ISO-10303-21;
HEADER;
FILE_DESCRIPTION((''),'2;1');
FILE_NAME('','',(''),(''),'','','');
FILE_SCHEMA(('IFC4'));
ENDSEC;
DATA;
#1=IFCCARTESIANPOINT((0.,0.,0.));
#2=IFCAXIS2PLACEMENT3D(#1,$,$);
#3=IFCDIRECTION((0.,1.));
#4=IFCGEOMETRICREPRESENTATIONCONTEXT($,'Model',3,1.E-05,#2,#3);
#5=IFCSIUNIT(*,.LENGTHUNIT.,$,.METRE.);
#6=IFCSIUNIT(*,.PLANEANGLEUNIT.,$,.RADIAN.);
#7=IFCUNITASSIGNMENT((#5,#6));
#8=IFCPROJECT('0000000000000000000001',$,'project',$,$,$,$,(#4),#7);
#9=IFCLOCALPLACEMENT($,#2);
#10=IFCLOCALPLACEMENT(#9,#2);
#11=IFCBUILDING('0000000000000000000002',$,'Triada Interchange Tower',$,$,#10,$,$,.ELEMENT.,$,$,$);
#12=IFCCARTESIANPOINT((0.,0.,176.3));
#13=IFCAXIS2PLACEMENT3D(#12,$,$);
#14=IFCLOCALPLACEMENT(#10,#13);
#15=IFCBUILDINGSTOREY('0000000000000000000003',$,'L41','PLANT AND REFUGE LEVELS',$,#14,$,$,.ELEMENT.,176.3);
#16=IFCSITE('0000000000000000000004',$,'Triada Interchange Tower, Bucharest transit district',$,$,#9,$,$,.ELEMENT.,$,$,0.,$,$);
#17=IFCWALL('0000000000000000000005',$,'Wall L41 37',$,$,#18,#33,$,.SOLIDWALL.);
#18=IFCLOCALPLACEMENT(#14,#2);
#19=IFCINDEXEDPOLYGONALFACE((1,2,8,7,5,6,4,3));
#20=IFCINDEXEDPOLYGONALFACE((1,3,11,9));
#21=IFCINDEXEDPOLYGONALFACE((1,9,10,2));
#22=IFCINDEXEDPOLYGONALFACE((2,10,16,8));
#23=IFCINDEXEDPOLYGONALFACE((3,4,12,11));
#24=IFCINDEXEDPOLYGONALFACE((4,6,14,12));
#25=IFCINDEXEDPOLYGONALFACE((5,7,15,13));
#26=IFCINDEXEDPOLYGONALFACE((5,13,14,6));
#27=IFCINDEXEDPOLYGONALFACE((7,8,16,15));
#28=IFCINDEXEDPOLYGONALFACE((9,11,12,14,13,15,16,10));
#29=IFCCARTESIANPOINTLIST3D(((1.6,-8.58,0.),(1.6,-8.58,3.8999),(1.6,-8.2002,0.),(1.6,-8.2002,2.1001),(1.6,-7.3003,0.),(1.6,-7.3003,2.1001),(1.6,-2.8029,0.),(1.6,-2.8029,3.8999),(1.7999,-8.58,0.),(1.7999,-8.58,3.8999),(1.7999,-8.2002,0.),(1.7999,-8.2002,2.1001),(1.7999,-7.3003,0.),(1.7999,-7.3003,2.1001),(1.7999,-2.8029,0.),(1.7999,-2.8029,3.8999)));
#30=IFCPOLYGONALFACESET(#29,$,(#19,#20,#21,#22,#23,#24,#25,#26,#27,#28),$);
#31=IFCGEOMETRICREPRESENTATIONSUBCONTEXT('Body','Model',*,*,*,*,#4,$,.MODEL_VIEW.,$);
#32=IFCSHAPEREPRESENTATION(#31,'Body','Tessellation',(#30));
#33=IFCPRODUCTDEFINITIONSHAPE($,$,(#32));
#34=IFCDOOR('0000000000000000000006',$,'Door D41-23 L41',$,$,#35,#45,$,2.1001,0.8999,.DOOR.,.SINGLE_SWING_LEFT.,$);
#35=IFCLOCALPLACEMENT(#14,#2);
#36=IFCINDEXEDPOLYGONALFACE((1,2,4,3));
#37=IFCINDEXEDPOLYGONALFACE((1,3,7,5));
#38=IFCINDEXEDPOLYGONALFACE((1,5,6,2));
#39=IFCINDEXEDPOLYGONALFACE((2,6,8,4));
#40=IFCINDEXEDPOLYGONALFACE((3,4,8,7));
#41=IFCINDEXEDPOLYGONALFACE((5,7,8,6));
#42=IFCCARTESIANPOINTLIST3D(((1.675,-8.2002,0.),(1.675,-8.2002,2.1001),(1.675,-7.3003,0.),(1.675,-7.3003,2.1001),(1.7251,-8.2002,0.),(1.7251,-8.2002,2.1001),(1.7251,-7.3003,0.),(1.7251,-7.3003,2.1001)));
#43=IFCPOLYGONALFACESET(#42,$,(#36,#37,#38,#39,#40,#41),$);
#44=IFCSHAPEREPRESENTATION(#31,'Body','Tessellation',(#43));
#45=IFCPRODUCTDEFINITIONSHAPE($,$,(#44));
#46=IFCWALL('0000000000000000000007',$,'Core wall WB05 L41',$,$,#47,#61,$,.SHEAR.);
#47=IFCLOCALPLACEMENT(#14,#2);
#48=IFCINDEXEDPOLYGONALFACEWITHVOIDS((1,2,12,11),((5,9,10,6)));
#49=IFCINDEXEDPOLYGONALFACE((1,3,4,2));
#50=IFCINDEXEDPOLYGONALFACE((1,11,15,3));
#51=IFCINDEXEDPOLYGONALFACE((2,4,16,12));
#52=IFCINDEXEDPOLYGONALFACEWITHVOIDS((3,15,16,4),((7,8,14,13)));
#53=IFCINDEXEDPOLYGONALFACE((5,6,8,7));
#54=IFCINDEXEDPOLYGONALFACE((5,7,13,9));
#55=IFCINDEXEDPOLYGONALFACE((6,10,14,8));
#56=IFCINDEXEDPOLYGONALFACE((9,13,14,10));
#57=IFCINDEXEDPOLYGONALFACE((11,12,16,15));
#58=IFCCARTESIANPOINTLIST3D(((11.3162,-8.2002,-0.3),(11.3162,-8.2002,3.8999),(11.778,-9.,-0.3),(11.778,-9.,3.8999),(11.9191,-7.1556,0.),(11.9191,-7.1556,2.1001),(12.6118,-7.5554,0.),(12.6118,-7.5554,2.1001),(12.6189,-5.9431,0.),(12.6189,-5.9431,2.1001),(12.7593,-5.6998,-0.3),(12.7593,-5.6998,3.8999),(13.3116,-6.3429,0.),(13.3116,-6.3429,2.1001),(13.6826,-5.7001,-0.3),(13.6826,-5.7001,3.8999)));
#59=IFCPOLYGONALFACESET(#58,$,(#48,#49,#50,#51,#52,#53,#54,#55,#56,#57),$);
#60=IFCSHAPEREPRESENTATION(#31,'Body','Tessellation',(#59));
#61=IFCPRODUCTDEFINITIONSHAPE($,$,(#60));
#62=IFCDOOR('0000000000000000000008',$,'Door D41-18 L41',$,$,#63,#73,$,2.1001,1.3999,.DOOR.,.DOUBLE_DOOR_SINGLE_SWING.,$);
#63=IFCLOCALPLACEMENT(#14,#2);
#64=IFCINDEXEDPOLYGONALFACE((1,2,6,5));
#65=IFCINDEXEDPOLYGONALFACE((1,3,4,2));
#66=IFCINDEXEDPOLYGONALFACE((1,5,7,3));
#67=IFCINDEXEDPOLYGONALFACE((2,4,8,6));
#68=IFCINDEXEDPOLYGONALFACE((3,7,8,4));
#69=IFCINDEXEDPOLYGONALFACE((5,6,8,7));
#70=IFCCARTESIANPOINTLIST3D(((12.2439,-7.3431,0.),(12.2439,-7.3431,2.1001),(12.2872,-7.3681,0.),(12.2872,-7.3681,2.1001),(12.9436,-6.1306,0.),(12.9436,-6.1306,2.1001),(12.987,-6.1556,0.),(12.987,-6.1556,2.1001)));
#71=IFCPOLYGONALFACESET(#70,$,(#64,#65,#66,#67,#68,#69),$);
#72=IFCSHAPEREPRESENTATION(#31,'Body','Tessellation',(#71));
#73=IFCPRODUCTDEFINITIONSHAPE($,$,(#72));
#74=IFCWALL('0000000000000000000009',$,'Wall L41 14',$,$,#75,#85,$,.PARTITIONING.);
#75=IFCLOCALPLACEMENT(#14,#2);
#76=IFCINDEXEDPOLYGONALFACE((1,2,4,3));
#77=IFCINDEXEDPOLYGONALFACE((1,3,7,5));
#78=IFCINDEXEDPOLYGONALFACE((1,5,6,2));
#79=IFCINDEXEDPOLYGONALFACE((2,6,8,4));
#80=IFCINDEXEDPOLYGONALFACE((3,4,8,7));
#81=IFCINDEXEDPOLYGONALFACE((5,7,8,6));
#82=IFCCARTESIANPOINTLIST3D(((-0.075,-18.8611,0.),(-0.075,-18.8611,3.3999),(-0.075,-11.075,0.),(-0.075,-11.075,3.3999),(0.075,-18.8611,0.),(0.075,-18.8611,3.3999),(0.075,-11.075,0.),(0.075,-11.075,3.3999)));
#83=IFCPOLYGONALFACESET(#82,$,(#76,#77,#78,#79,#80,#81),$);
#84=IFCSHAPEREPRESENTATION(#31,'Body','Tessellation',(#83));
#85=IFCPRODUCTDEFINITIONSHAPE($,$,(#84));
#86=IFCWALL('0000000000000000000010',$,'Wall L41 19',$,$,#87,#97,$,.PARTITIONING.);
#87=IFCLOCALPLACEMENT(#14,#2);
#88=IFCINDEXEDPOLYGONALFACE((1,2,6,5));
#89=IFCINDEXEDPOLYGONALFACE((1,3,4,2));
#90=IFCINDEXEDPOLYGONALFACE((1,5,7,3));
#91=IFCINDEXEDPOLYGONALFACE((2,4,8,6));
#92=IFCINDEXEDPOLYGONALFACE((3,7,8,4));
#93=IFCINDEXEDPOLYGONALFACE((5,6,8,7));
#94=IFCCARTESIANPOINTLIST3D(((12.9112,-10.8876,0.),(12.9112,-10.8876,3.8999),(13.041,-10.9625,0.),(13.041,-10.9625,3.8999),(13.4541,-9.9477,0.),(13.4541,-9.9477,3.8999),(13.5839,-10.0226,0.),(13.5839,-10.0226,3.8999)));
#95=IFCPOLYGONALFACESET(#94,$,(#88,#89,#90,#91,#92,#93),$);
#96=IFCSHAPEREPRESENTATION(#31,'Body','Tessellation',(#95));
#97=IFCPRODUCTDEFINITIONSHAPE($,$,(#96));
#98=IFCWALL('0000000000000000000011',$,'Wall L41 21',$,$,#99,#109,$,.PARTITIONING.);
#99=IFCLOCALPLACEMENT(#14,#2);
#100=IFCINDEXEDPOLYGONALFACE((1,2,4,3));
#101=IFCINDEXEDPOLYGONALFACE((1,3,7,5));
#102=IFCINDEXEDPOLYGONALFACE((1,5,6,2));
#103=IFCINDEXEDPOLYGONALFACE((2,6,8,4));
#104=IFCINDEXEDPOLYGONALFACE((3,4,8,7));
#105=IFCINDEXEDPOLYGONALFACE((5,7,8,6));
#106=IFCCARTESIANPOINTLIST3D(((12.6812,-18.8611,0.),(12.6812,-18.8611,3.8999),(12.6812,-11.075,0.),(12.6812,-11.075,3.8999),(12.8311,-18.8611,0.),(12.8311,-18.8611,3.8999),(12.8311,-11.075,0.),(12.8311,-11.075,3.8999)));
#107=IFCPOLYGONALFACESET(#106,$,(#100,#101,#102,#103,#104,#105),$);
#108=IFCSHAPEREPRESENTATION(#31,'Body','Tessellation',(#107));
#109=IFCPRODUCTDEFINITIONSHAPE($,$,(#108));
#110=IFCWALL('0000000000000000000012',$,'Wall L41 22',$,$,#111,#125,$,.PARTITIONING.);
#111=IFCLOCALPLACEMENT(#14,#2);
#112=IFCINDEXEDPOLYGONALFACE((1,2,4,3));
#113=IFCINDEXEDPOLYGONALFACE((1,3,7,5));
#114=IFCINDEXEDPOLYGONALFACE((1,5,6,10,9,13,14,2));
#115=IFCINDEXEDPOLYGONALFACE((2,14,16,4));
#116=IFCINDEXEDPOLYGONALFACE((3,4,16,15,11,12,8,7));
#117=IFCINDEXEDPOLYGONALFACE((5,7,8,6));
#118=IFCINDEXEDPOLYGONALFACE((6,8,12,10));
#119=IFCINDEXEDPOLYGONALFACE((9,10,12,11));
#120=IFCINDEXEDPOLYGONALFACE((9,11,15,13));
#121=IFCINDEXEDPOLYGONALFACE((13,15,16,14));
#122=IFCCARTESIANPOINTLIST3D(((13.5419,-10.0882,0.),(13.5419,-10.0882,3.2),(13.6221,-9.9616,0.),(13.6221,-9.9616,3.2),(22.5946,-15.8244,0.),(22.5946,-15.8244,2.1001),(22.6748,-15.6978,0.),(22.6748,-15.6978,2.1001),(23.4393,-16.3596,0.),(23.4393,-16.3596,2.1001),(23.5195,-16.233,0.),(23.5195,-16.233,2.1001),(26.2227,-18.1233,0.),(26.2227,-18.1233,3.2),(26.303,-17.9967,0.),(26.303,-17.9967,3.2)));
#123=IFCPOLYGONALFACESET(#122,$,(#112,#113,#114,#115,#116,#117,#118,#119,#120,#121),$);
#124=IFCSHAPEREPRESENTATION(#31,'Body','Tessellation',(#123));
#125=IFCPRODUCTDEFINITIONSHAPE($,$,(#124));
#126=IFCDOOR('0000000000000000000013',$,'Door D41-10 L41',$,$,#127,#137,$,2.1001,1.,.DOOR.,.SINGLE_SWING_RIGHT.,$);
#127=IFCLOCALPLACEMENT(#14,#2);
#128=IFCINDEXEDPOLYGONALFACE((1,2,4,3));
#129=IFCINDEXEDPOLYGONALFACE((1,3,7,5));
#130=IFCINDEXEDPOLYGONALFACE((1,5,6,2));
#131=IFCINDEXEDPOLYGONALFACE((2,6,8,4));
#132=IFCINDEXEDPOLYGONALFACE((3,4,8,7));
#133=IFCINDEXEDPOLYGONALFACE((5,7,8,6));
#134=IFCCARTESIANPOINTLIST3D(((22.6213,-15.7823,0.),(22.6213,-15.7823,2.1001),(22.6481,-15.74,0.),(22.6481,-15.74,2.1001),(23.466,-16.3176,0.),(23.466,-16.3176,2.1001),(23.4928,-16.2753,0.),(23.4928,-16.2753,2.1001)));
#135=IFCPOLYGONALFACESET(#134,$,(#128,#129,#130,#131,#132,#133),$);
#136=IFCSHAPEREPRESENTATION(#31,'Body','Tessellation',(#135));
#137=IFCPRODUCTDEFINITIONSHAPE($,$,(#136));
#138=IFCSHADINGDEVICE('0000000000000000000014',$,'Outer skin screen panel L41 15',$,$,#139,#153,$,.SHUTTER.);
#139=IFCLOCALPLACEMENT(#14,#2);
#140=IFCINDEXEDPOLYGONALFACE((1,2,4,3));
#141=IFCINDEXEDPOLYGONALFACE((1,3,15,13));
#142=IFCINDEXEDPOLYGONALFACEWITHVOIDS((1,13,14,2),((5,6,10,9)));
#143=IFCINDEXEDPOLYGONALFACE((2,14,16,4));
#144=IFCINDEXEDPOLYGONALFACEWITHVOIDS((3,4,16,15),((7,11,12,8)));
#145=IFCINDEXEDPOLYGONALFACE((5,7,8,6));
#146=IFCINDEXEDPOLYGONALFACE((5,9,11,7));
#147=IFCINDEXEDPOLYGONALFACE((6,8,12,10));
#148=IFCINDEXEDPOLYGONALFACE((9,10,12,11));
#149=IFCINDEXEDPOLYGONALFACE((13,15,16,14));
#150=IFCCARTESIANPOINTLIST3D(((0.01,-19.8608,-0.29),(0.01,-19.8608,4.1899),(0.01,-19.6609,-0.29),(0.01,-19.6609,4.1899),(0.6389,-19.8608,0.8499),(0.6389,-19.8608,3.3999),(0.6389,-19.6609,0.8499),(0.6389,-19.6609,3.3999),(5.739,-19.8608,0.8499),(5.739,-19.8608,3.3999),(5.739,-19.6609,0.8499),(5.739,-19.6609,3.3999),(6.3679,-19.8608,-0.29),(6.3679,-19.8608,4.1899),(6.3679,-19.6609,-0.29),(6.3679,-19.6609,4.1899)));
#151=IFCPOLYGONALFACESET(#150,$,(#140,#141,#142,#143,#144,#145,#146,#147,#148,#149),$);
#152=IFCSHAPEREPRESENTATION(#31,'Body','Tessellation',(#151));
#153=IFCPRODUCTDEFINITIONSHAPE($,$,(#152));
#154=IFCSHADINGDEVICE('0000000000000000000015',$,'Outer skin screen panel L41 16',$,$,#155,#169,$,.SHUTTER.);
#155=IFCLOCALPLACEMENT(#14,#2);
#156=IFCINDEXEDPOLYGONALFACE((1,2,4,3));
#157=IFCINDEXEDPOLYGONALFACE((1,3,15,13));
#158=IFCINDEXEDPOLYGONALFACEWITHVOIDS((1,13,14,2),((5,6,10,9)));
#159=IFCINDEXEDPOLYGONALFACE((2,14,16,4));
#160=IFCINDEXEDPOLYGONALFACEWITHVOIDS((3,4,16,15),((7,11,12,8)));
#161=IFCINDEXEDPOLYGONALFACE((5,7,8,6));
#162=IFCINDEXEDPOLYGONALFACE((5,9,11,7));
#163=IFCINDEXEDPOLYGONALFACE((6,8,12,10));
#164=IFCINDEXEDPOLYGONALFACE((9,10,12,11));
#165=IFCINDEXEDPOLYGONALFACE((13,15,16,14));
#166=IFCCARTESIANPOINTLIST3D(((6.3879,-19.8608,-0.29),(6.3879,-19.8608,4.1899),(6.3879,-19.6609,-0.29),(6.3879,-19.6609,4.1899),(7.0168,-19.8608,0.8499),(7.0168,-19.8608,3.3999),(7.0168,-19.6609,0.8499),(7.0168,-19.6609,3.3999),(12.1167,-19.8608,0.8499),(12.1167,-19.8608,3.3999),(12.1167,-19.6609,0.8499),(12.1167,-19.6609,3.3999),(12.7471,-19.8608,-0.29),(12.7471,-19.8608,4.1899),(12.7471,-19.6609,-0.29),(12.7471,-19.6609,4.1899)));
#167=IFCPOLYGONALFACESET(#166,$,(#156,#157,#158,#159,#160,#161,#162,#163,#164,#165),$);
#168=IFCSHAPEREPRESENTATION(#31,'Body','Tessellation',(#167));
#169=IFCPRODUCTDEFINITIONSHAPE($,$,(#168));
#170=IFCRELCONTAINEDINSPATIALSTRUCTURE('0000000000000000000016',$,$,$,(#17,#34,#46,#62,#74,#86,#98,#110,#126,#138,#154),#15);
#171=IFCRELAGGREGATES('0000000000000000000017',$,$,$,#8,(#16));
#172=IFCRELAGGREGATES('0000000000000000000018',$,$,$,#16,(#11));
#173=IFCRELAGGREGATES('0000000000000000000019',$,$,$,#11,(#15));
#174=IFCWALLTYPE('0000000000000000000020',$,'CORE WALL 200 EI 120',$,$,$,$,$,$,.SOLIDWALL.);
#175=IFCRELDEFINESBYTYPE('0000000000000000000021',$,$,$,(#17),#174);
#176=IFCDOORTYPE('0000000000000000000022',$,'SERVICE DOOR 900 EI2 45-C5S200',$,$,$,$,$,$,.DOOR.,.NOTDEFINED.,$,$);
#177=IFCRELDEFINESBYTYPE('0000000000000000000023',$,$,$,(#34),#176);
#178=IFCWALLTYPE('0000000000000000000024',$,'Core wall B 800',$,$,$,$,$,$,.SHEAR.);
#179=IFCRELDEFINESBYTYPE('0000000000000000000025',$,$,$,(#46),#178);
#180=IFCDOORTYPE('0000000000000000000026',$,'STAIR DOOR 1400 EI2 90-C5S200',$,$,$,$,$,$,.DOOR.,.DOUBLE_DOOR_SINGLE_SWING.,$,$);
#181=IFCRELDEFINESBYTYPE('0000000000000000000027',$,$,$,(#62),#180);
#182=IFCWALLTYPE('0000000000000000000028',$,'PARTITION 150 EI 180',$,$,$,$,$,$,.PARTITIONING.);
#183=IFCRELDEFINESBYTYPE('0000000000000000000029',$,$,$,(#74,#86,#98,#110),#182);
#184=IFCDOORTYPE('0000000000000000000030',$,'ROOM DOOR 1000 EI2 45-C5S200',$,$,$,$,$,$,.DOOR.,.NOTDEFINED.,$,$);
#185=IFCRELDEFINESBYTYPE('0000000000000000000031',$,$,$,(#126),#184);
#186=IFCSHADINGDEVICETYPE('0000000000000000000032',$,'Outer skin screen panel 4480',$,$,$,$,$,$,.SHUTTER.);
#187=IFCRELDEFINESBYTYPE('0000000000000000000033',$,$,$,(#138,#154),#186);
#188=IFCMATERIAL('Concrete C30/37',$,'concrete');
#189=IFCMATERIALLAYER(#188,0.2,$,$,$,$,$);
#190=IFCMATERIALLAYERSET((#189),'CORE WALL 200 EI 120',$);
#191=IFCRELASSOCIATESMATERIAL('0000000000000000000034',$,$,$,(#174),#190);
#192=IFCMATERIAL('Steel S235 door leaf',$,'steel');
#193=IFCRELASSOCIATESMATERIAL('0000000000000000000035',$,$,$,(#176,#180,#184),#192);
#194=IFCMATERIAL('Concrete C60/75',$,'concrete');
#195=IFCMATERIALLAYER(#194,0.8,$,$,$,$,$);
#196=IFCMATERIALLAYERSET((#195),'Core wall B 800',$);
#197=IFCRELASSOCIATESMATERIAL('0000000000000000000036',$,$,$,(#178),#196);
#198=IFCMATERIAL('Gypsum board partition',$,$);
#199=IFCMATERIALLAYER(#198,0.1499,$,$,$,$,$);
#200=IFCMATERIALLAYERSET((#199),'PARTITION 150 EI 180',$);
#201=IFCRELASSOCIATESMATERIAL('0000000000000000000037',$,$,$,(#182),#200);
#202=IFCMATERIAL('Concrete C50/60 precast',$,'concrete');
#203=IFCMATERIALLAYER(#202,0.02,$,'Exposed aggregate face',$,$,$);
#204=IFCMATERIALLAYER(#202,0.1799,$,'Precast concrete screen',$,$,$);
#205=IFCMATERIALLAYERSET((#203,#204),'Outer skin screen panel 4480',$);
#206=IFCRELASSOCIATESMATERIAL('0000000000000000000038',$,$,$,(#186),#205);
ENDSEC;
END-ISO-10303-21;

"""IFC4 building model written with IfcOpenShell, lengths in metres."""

from ifc_helpers import new_model, si_unit, direction, frame, frame_2d, origin, place, context, subcontext, project, spatial, polyline, rectangle, outline, extrude, material, layer, layer_set, type_object, element, fill, save


model = new_model("IFC4")

# Units and contexts
model_context = context("Model", 3, precision=1e-05, world=origin(), true_north=direction((0.0, 1.0)))
body_context = subcontext(model_context, "Body", "Model", "MODEL_VIEW")
ifc_project = project(units=[si_unit("LENGTHUNIT", "METRE"), si_unit("PLANEANGLEUNIT", "RADIAN")], contexts=[model_context])

# Site, building, storey
site_placement = place(None, origin())
site = spatial("IfcSite", under=ifc_project, at=site_placement, Name="Triada Interchange Tower, Bucharest transit district", CompositionType="ELEMENT", RefElevation=0.0)
building_placement = place(site_placement, origin())
building = spatial("IfcBuilding", under=site, at=building_placement, Name="Triada Interchange Tower", CompositionType="ELEMENT")
storey_placement = place(building_placement, frame((0.0, 0.0, 176.3)))
storey = spatial("IfcBuildingStorey", under=building, at=storey_placement, Name="L41", Description="PLANT AND REFUGE LEVELS", CompositionType="ELEMENT", Elevation=176.3)

# Shared definitions
ifc_material_1 = material(Name="Concrete C60/75", Category="concrete")

# Walls, openings, doors
ifc_material_2 = material(Name="Concrete C30/37", Category="concrete")
ifc_layer_1 = layer(ifc_material_2, 0.2)
ifc_layer_set_1 = layer_set([ifc_layer_1], Name="CORE WALL 200 EI 120")
wall_type_1 = type_object("IfcWallType", Name="CORE WALL 200 EI 120", PredefinedType="SOLIDWALL", material=ifc_layer_set_1)
wall_1_placement = place(storey_placement, frame((1.7, -8.5801, 0.0), z_axis=(0.0, 0.0, 1.0), x_axis=(0.0, 1.0, 0.0)))
wall_1 = element("IfcWall", 1, at=wall_1_placement, inside=storey, type_object=wall_type_1, Name="Wall L41 37", PredefinedType="SOLIDWALL", context=body_context, shape_type="SweptSolid", body=[
    extrude(rectangle(XDim=5.7771, YDim=0.2, at=frame_2d((2.8887, 0.0))), origin(), (0.0, 0.0, 1.0), 3.8999),
])
opening_1_placement = place(wall_1_placement, frame((0.3799, 0.0, 0.0)))
opening_1 = element("IfcOpeningElement", 2, at=opening_1_placement, cuts=wall_1, PredefinedType="OPENING", context=body_context, shape_type="SweptSolid", body=[
    extrude(rectangle(XDim=0.8999, YDim=2.1001, at=frame_2d((0.45, 1.05))), frame((0.0, 0.1099, 0.0), z_axis=(0.0, -1.0, 0.0), x_axis=(1.0, 0.0, 0.0)), (0.0, 0.0, 1.0), 0.22),
])
ifc_material_3 = material(Name="Steel S235 door leaf", Category="steel")
door_type_1 = type_object("IfcDoorType", Name="SERVICE DOOR 900 EI2 45-C5S200", OperationType="NOTDEFINED", PredefinedType="DOOR", material=ifc_material_3)
door_1_placement = place(opening_1_placement, origin())
door_1 = element("IfcDoor", 3, at=door_1_placement, inside=storey, type_object=door_type_1, Name="Door D41-23 L41", OperationType="SINGLE_SWING_LEFT", OverallHeight=2.1001, OverallWidth=0.8999, PredefinedType="DOOR", context=body_context, shape_type="SweptSolid", body=[
    extrude(rectangle(XDim=0.8999, YDim=2.1001, at=frame_2d((0.45, 1.05))), frame((0.0, 0.0249, 0.0), z_axis=(0.0, -1.0, 0.0), x_axis=(1.0, 0.0, 0.0)), (0.0, 0.0, 1.0), 0.05),
])
fill(opening_1, door_1)
ifc_layer_2 = layer(ifc_material_1, 0.8)
ifc_layer_set_2 = layer_set([ifc_layer_2], Name="Core wall B 800")
wall_type_2 = type_object("IfcWallType", Name="Core wall B 800", PredefinedType="SHEAR", material=ifc_layer_set_2)
wall_2_placement = place(storey_placement, frame((11.5471, -8.6001, -0.3), z_axis=(0.0, 0.0, 1.0), x_axis=(0.499872, 0.866099, 0.0)))
wall_2 = element("IfcWall", 4, at=wall_2_placement, inside=storey, type_object=wall_type_2, Name="Core wall WB05 L41", PredefinedType="SHEAR", context=body_context, shape_type="SweptSolid", body=[
    extrude(outline(polyline([(-0.231, -0.3999), (1.6741, -0.3999), (3.5791, -0.3999), (3.1179, 0.3999), (1.6743, 0.3999), (0.231, 0.3999), (-0.231, -0.3999)])), origin(), (0.0, 0.0, 1.0), 4.2),
])
opening_2_placement = place(wall_2_placement, frame((1.437, 0.0, 0.3)))
opening_2 = element("IfcOpeningElement", 5, at=opening_2_placement, cuts=wall_2, PredefinedType="OPENING", context=body_context, shape_type="SweptSolid", body=[
    extrude(rectangle(XDim=1.3999, YDim=2.1001, at=frame_2d((0.7, 1.05))), frame((0.0, 0.4099, 0.0), z_axis=(0.0, -1.0, 0.0), x_axis=(1.0, 0.0, 0.0)), (0.0, 0.0, 1.0), 0.8201),
])
door_type_2 = type_object("IfcDoorType", Name="STAIR DOOR 1400 EI2 90-C5S200", OperationType="DOUBLE_DOOR_SINGLE_SWING", PredefinedType="DOOR", material=ifc_material_3)
door_2_placement = place(opening_2_placement, origin())
door_2 = element("IfcDoor", 6, at=door_2_placement, inside=storey, type_object=door_type_2, Name="Door D41-18 L41", OperationType="DOUBLE_DOOR_SINGLE_SWING", OverallHeight=2.1001, OverallWidth=1.3999, PredefinedType="DOOR", context=body_context, shape_type="SweptSolid", body=[
    extrude(rectangle(XDim=1.3999, YDim=2.1001, at=frame_2d((0.7, 1.05))), frame((0.0, 0.0249, 0.0), z_axis=(0.0, -1.0, 0.0), x_axis=(1.0, 0.0, 0.0)), (0.0, 0.0, 1.0), 0.05),
])
fill(opening_2, door_2)

# Walls
ifc_material_4 = material(Name="Gypsum board partition")
ifc_layer_3 = layer(ifc_material_4, 0.1499)
ifc_layer_set_3 = layer_set([ifc_layer_3], Name="PARTITION 150 EI 180")
wall_type_3 = type_object("IfcWallType", Name="PARTITION 150 EI 180", PredefinedType="PARTITIONING", material=ifc_layer_set_3)
wall_3_placement = place(storey_placement, frame((0.0, -18.8611, 0.0), z_axis=(0.0, 0.0, 1.0), x_axis=(0.0, 1.0, 0.0)))
element("IfcWall", 7, at=wall_3_placement, inside=storey, type_object=wall_type_3, Name="Wall L41 14", PredefinedType="PARTITIONING", context=body_context, shape_type="SweptSolid", body=[
    extrude(rectangle(XDim=7.7861, YDim=0.1499, at=frame_2d((3.8931, 0.0))), origin(), (0.0, 0.0, 1.0), 3.3999),
])
wall_4_placement = place(storey_placement, frame((12.9761, -10.925, 0.0), z_axis=(0.0, 0.0, 1.0), x_axis=(0.500203, 0.865908, 0.0)))
element("IfcWall", 8, at=wall_4_placement, inside=storey, type_object=wall_type_3, Name="Wall L41 19", PredefinedType="PARTITIONING", context=body_context, shape_type="SweptSolid", body=[
    extrude(rectangle(XDim=1.0854, YDim=0.1499, at=frame_2d((0.5427, 0.0))), origin(), (0.0, 0.0, 1.0), 3.8999),
])
wall_5_placement = place(storey_placement, frame((12.7561, -18.8611, 0.0), z_axis=(0.0, 0.0, 1.0), x_axis=(0.0, 1.0, 0.0)))
element("IfcWall", 9, at=wall_5_placement, inside=storey, type_object=wall_type_3, Name="Wall L41 21", PredefinedType="PARTITIONING", context=body_context, shape_type="SweptSolid", body=[
    extrude(rectangle(XDim=7.7861, YDim=0.1499, at=frame_2d((3.8931, 0.0))), origin(), (0.0, 0.0, 1.0), 3.8999),
])

# Wall, opening, door
wall_6_placement = place(storey_placement, frame((13.582, -10.0249, 0.0), z_axis=(0.0, 0.0, 1.0), x_axis=(0.844701, -0.535238, 0.0)))
wall_6 = element("IfcWall", 10, at=wall_6_placement, inside=storey, type_object=wall_type_3, Name="Wall L41 22", PredefinedType="PARTITIONING", context=body_context, shape_type="SweptSolid", body=[
    extrude(rectangle(XDim=15.0122, YDim=0.1499, at=frame_2d((7.5061, 0.0))), origin(), (0.0, 0.0, 1.0), 3.2),
])
opening_3_placement = place(wall_6_placement, frame((10.717, 0.0, 0.0)))
opening_3 = element("IfcOpeningElement", 11, at=opening_3_placement, cuts=wall_6, PredefinedType="OPENING", context=body_context, shape_type="SweptSolid", body=[
    extrude(rectangle(XDim=1.0, YDim=2.1001, at=frame_2d((0.5, 1.05))), frame((0.0, 0.085, 0.0), z_axis=(0.0, -1.0, 0.0), x_axis=(1.0, 0.0, 0.0)), (0.0, 0.0, 1.0), 0.1699),
])
door_type_3 = type_object("IfcDoorType", Name="ROOM DOOR 1000 EI2 45-C5S200", OperationType="NOTDEFINED", PredefinedType="DOOR", material=ifc_material_3)
door_3_placement = place(opening_3_placement, origin())
door_3 = element("IfcDoor", 12, at=door_3_placement, inside=storey, type_object=door_type_3, Name="Door D41-10 L41", OperationType="SINGLE_SWING_RIGHT", OverallHeight=2.1001, OverallWidth=1.0, PredefinedType="DOOR", context=body_context, shape_type="SweptSolid", body=[
    extrude(rectangle(XDim=1.0, YDim=2.1001, at=frame_2d((0.5, 1.05))), frame((0.0, 0.0249, 0.0), z_axis=(0.0, -1.0, 0.0), x_axis=(1.0, 0.0, 0.0)), (0.0, 0.0, 1.0), 0.05),
])
fill(opening_3, door_3)

# Shading devices
ifc_material_5 = material(Name="Concrete C50/60 precast", Category="concrete")
ifc_layer_4 = layer(ifc_material_5, 0.02, Name="Exposed aggregate face")
ifc_layer_5 = layer(ifc_material_5, 0.1799, Name="Precast concrete screen")
ifc_layer_set_4 = layer_set([ifc_layer_4, ifc_layer_5], Name="Outer skin screen panel 4480")
shading_device_type = type_object("IfcShadingDeviceType", Name="Outer skin screen panel 4480", PredefinedType="SHUTTER", material=ifc_layer_set_4)
shading_device_1_placement = place(storey_placement, frame((0.01, -19.6609, -0.29), z_axis=(0.0, 0.0, 1.0), x_axis=(1.0, 0.0, 0.0)))
element("IfcShadingDevice", 13, at=shading_device_1_placement, inside=storey, type_object=shading_device_type, Name="Outer skin screen panel L41 15", PredefinedType="SHUTTER", context=body_context, shape_type="SweptSolid", body=[
    extrude(outline(polyline([(0.0, 0.0), (6.3579, 0.0), (6.3579, 4.48), (0.0, 4.48), (0.0, 0.0)]), holes=[polyline([(0.6289, 1.1399), (0.6289, 3.6899), (5.729, 3.6899), (5.729, 1.1399), (0.6289, 1.1399)])]), frame((0.0, 0.0, 0.0), z_axis=(0.0, -1.0, 0.0), x_axis=(1.0, 0.0, 0.0)), (0.0, 0.0, 1.0), 0.2),
])
shading_device_2_placement = place(storey_placement, frame((6.3879, -19.6609, -0.29), z_axis=(0.0, 0.0, 1.0), x_axis=(1.0, 0.0, 0.0)))
element("IfcShadingDevice", 14, at=shading_device_2_placement, inside=storey, type_object=shading_device_type, Name="Outer skin screen panel L41 16", PredefinedType="SHUTTER", context=body_context, shape_type="SweptSolid", body=[
    extrude(outline(polyline([(0.0, 0.0), (6.3591, 0.0), (6.3591, 4.48), (0.0, 4.48), (0.0, 0.0)]), holes=[polyline([(0.6289, 1.1399), (0.6289, 3.6899), (5.7288, 3.6899), (5.7288, 1.1399), (0.6289, 1.1399)])]), frame((0.0, 0.0, 0.0), z_axis=(0.0, -1.0, 0.0), x_axis=(1.0, 0.0, 0.0)), (0.0, 0.0, 1.0), 0.2),
])

save(model, "model.ifc")
